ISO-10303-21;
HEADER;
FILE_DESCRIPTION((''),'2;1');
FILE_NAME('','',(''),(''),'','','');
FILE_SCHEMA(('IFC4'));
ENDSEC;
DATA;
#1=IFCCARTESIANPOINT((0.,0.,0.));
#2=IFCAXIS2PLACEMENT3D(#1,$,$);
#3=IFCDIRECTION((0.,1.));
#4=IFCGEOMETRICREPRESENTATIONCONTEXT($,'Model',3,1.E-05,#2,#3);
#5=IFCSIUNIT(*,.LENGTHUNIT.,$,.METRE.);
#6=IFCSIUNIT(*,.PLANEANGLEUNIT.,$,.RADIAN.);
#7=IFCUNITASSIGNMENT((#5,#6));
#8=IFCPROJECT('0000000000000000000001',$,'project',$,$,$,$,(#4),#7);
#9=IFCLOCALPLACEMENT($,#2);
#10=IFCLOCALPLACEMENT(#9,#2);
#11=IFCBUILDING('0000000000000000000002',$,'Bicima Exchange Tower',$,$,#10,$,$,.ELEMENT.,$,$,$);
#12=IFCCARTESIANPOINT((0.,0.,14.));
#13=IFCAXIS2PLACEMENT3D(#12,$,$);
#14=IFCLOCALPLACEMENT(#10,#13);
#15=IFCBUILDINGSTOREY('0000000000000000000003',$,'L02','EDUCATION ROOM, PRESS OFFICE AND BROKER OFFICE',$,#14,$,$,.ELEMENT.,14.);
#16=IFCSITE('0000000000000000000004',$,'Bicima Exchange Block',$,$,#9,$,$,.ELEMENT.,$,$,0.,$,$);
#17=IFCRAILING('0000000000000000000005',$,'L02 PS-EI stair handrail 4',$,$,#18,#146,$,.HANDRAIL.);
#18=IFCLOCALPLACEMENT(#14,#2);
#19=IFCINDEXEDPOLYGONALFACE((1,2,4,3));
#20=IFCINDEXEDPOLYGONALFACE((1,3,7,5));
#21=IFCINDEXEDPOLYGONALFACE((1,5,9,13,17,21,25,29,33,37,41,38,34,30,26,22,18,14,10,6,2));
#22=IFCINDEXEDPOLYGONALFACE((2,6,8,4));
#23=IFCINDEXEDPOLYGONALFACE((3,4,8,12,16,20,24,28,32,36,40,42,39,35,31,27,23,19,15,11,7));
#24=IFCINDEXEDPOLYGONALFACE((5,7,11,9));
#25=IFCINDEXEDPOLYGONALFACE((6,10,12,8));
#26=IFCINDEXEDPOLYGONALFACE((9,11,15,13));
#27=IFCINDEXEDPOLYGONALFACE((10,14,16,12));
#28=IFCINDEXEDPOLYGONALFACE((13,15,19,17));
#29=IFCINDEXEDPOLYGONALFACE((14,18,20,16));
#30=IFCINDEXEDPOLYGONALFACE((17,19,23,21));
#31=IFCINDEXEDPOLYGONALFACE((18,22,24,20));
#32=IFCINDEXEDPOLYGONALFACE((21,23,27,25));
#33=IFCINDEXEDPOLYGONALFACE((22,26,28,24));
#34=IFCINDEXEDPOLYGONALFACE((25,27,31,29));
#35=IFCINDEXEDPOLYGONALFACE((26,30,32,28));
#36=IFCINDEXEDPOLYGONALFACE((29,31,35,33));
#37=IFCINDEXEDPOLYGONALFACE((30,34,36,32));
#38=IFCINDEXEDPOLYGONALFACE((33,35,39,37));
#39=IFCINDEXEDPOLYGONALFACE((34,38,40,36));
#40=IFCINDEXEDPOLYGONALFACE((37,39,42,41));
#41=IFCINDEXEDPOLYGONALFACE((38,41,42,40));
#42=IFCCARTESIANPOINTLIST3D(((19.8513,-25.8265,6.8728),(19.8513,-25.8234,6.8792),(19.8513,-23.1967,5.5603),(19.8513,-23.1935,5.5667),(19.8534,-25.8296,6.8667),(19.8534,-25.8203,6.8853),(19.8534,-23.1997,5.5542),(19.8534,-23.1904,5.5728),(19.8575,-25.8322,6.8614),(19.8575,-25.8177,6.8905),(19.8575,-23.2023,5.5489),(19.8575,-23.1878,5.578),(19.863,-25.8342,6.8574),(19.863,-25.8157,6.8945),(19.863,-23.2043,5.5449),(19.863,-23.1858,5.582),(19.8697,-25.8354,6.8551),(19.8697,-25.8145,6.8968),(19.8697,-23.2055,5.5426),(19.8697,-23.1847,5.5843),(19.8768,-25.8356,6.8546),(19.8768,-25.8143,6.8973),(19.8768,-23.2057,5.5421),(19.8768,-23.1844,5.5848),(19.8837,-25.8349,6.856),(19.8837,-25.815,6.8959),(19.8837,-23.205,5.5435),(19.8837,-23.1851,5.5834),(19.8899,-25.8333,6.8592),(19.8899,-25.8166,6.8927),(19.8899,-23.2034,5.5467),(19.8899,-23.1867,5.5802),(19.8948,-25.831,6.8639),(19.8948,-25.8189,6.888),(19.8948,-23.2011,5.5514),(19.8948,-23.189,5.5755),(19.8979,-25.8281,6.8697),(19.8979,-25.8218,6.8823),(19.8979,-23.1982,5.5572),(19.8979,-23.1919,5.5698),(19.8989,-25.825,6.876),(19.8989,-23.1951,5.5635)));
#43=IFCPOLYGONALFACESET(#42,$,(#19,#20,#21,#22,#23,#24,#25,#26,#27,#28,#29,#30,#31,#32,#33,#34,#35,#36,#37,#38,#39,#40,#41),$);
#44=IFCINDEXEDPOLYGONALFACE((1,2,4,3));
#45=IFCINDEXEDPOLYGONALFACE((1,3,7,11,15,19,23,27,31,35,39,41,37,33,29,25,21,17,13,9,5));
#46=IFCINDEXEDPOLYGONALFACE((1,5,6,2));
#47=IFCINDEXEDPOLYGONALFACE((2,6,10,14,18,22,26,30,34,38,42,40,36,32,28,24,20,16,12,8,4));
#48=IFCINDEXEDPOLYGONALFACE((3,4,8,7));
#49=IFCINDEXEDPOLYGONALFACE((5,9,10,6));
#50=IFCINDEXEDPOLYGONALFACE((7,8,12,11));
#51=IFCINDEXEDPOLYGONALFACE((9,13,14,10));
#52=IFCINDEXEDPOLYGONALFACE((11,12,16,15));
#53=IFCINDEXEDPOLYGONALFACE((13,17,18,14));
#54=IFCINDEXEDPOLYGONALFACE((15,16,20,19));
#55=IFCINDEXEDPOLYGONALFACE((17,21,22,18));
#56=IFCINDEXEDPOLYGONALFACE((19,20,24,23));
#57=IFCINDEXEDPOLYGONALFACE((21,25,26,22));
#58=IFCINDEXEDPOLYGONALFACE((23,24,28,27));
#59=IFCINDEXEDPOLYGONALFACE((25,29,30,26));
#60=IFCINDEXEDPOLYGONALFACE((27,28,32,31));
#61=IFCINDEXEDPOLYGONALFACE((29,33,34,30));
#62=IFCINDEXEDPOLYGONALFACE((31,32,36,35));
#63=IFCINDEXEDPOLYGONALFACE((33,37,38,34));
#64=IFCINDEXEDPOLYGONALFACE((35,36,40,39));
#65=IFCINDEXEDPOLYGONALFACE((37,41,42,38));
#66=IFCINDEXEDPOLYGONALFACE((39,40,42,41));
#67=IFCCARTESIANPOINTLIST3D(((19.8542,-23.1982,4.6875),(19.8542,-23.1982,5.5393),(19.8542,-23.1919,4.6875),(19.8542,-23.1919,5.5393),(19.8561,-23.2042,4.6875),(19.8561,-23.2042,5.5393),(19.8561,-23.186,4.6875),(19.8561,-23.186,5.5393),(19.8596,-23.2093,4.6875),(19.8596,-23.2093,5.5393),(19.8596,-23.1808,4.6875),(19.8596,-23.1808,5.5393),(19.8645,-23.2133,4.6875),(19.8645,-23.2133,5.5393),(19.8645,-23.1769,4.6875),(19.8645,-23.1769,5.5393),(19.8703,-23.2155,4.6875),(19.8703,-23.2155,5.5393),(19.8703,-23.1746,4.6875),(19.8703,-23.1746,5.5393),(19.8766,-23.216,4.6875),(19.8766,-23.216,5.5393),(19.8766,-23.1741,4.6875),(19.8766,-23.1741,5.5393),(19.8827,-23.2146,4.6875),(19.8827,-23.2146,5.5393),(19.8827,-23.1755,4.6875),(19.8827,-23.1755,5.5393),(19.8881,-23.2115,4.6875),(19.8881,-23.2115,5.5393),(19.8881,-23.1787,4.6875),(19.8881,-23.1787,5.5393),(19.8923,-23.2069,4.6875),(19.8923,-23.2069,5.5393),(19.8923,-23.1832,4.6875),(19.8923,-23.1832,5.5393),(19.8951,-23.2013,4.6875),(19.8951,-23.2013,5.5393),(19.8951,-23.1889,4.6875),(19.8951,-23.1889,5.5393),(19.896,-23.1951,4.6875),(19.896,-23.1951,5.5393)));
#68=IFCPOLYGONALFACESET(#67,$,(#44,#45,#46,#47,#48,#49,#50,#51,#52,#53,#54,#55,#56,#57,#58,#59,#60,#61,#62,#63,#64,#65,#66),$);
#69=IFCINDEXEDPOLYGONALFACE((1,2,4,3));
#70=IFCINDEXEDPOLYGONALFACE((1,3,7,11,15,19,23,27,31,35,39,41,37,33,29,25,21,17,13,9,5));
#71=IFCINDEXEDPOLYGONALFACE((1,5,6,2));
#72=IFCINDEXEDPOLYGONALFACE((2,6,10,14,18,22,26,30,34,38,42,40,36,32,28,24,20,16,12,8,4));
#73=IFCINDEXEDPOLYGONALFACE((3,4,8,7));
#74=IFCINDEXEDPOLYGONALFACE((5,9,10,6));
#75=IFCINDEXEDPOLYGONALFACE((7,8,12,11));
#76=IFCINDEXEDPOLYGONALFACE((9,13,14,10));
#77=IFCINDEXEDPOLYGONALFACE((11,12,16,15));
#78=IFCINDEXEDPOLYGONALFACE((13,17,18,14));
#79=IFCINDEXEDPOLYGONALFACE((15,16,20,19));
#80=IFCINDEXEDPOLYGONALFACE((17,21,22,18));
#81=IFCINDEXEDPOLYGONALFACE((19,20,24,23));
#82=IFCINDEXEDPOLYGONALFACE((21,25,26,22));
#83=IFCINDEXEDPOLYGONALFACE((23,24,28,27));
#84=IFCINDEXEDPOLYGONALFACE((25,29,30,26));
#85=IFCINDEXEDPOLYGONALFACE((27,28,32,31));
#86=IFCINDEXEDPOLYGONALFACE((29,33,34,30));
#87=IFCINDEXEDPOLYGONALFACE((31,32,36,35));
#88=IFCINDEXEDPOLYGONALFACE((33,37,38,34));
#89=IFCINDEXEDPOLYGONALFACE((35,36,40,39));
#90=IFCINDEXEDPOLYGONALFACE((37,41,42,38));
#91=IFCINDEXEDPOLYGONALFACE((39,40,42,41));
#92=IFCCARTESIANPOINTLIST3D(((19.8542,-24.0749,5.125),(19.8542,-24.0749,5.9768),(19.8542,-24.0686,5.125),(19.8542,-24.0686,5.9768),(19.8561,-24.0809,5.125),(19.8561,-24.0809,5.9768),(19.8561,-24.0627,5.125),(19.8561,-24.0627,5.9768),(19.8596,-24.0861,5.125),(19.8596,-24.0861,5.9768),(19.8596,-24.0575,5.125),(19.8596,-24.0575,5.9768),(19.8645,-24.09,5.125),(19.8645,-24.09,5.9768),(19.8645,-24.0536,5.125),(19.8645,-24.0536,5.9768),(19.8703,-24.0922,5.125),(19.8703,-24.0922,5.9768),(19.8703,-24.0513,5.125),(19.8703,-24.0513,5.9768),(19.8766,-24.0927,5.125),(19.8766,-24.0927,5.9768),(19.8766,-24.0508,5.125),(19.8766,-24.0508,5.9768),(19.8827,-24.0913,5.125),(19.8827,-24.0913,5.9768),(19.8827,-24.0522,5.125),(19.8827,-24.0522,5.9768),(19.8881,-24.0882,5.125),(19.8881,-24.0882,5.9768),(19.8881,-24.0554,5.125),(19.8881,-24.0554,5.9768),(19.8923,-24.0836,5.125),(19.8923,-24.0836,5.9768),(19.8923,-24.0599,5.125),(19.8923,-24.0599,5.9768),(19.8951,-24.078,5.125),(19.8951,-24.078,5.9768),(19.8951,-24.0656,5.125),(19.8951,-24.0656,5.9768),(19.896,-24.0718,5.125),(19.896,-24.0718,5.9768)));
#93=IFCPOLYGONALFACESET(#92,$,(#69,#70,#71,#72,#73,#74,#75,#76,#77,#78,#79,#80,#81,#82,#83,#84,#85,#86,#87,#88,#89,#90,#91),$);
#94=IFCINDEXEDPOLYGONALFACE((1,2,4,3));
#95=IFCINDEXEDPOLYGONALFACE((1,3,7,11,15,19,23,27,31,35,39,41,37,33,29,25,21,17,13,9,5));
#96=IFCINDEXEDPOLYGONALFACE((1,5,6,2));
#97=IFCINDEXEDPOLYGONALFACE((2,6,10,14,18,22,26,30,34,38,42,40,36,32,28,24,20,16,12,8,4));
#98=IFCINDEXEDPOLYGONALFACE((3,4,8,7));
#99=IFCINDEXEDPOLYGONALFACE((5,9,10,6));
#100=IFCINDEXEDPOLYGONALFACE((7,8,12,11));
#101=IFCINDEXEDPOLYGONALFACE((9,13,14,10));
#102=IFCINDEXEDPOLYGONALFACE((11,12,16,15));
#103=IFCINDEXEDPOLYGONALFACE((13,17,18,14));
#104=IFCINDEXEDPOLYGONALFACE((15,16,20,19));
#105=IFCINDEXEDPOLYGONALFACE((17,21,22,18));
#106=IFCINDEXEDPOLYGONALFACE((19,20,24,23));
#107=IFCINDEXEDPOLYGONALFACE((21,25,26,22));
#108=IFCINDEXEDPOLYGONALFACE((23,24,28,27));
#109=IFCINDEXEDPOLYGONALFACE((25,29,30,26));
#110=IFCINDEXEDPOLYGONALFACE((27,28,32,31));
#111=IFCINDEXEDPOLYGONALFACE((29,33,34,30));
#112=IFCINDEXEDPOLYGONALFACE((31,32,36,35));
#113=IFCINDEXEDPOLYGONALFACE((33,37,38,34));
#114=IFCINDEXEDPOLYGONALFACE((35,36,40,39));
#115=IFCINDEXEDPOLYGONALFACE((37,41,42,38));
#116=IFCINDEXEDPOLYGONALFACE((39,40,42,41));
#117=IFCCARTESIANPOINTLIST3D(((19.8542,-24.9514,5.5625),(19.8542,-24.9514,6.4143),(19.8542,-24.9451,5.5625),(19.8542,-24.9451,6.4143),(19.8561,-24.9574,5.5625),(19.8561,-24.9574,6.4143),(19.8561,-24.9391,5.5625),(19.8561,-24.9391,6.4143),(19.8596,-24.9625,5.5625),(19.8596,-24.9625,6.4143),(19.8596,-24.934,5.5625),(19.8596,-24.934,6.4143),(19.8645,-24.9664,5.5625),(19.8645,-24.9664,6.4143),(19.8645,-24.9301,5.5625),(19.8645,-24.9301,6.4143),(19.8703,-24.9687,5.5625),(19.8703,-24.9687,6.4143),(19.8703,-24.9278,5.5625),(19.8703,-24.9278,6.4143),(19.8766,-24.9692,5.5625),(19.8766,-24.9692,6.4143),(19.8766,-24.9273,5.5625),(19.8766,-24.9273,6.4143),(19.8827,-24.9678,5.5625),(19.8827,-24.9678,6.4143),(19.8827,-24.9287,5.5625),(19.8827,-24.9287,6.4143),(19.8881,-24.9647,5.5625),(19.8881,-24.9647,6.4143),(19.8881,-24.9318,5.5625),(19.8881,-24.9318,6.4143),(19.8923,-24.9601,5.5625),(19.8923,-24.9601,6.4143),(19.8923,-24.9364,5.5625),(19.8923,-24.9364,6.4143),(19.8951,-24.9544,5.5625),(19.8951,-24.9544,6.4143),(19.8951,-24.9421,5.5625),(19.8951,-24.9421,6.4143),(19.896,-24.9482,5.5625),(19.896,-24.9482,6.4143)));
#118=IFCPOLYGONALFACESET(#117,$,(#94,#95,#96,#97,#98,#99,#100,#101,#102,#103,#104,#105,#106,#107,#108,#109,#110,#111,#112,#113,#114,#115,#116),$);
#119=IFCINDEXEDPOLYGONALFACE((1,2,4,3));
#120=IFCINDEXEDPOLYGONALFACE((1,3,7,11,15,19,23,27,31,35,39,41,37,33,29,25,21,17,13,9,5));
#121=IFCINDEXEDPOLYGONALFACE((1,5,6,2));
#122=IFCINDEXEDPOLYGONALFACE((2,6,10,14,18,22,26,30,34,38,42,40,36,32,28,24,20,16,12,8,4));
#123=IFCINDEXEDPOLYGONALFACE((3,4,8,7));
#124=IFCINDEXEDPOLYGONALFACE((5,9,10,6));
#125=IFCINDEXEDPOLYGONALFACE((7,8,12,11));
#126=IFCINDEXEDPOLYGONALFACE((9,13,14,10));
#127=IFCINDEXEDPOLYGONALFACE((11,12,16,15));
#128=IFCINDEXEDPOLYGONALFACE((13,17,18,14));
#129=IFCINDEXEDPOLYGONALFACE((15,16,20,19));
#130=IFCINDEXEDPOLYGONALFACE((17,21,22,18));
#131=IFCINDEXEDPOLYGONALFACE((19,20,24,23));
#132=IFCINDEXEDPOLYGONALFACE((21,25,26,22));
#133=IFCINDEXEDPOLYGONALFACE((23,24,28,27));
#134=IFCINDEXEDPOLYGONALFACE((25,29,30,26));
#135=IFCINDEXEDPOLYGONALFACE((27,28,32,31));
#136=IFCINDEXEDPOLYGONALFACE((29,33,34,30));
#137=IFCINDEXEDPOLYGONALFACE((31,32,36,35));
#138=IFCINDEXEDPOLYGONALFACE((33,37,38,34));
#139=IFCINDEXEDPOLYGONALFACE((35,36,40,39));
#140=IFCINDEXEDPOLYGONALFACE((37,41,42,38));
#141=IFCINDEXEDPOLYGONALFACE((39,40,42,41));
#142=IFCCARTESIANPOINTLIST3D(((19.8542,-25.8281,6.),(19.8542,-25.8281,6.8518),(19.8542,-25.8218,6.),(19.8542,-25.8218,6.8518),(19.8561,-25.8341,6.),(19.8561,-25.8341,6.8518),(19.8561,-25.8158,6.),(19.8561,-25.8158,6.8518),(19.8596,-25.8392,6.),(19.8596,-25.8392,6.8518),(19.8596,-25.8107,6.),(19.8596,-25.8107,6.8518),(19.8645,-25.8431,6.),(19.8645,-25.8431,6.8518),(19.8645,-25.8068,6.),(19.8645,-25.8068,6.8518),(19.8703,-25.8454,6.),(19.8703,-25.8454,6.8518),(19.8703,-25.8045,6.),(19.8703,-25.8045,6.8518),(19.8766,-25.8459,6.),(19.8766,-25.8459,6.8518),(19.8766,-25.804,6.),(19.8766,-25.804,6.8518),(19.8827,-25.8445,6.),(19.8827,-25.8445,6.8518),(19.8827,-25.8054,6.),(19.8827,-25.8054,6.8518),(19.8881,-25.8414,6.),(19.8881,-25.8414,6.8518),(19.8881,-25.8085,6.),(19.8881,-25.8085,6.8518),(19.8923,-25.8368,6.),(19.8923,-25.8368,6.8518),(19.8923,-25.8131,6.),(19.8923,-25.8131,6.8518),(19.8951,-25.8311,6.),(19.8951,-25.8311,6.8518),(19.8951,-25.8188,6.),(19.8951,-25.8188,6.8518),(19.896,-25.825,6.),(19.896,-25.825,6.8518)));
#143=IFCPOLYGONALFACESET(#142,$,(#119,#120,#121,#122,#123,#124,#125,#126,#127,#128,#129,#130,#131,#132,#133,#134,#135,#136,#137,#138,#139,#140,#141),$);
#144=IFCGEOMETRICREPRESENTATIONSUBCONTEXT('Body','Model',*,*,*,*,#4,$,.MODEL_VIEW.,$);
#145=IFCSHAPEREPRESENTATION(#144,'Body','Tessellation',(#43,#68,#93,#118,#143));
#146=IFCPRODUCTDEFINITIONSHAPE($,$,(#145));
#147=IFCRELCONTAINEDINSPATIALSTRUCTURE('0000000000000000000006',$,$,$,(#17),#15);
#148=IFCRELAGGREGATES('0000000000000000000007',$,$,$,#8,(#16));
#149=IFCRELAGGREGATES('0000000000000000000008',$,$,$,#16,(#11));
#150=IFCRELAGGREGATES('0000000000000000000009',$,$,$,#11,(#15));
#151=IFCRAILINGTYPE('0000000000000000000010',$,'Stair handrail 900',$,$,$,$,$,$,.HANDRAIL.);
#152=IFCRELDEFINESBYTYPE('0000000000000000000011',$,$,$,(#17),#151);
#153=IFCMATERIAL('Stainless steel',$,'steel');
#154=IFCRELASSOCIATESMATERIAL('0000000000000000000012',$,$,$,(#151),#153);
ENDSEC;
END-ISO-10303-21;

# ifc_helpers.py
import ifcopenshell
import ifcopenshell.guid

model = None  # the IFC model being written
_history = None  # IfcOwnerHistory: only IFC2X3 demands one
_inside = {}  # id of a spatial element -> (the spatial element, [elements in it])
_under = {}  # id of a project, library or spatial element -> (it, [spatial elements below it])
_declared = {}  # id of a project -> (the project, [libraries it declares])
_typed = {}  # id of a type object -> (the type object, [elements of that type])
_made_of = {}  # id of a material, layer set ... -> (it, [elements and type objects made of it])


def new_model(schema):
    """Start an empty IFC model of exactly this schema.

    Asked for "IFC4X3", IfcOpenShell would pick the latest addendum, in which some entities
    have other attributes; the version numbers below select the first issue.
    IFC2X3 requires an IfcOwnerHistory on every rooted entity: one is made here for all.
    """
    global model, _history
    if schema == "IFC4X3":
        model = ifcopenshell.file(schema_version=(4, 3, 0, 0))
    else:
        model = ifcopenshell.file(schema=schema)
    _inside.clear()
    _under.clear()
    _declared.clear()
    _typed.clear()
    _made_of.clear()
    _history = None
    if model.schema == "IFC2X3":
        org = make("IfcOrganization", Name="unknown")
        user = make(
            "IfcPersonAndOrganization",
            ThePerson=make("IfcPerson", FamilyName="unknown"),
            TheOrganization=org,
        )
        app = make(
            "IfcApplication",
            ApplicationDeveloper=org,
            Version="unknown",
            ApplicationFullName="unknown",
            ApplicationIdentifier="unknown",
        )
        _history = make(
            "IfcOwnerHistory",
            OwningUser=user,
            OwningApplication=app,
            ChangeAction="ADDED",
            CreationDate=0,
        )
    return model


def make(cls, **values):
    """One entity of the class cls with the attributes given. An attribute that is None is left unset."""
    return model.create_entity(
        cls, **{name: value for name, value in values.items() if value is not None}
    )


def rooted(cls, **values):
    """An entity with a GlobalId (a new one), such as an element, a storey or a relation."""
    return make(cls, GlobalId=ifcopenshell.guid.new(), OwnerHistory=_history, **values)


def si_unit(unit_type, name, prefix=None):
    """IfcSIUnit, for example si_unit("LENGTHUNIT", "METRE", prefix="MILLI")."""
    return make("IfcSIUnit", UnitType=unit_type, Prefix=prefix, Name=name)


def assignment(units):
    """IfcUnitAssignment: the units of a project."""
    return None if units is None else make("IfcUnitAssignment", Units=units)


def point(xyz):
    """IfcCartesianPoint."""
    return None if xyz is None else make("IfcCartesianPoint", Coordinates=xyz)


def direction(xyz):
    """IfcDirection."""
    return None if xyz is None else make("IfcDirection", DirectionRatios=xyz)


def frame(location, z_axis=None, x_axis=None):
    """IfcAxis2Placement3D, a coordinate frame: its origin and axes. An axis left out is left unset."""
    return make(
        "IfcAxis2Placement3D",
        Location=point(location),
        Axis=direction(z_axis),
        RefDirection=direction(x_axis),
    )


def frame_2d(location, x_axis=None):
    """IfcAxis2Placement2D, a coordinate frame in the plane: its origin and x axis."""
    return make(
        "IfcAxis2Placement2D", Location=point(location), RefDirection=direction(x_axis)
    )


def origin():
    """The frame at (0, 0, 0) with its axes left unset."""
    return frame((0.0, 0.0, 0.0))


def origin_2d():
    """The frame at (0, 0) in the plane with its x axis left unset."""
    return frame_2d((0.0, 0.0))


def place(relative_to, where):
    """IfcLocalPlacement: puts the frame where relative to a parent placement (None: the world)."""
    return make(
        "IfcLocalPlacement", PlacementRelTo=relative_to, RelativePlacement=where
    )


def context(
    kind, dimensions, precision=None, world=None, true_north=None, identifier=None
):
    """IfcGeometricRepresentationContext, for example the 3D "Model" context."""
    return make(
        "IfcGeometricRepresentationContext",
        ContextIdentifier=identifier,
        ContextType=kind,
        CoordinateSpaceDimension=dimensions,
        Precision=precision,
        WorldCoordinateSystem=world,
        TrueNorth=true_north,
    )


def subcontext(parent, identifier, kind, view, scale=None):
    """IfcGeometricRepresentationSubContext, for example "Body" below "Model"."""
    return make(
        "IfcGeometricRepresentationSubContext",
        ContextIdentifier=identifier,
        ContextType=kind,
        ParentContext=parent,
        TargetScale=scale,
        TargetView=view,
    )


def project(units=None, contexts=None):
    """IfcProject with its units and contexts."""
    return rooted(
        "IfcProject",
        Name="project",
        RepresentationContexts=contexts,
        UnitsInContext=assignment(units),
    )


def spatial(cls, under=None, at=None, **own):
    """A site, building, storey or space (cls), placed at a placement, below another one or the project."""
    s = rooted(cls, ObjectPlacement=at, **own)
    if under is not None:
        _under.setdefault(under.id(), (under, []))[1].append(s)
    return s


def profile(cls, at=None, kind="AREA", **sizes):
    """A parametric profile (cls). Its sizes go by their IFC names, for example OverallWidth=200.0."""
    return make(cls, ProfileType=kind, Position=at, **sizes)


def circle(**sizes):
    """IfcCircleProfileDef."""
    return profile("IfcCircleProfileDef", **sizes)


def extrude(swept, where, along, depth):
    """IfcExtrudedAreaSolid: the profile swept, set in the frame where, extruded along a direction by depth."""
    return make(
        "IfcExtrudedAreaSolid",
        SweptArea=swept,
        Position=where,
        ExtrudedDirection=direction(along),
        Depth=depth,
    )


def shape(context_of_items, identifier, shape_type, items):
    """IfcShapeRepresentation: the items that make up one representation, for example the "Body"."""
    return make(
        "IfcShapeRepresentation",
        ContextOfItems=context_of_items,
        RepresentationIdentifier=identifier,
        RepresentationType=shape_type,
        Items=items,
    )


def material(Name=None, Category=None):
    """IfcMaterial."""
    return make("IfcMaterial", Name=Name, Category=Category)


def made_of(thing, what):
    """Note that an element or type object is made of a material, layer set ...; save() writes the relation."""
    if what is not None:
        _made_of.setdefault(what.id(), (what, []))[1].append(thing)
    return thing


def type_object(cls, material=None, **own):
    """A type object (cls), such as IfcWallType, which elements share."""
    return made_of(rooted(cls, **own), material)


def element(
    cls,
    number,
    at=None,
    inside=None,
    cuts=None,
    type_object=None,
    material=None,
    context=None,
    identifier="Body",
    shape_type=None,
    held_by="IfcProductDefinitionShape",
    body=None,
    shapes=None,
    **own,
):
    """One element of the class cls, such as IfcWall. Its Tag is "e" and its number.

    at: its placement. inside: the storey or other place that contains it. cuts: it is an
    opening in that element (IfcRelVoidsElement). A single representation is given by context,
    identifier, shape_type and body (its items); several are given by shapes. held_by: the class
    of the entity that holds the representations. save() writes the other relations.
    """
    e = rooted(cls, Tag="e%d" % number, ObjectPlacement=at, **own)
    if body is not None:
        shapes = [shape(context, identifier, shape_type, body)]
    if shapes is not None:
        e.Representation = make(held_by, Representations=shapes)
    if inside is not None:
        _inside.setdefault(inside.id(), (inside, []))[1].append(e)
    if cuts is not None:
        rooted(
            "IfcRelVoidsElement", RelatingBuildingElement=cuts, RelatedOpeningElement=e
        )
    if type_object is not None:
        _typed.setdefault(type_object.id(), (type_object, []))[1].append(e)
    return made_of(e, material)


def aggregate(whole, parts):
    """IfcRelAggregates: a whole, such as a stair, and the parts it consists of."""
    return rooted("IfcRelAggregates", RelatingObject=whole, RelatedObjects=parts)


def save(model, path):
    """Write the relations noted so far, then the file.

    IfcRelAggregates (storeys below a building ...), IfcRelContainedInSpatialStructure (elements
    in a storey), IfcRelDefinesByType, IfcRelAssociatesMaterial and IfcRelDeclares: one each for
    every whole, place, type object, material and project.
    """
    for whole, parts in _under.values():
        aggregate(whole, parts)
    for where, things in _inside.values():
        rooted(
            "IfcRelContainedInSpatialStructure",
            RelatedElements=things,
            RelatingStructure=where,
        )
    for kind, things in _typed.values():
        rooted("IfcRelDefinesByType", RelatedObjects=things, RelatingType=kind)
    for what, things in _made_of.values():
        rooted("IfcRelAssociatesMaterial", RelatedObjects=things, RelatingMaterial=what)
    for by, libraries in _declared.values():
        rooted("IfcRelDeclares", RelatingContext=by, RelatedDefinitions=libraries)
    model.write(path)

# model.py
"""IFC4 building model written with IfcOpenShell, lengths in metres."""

from ifc_helpers import new_model, si_unit, direction, frame, origin, origin_2d, place, context, subcontext, project, spatial, circle, extrude, material, type_object, element, save


model = new_model("IFC4")

# Units and contexts
model_context = context("Model", 3, precision=1e-05, world=origin(), true_north=direction((0.0, 1.0)))
body_context = subcontext(model_context, "Body", "Model", "MODEL_VIEW")
ifc_project = project(units=[si_unit("LENGTHUNIT", "METRE"), si_unit("PLANEANGLEUNIT", "RADIAN")], contexts=[model_context])

# Site, building, storey
site_placement = place(None, origin())
site = spatial("IfcSite", under=ifc_project, at=site_placement, Name="Bicima Exchange Block", CompositionType="ELEMENT", RefElevation=0.0)
building_placement = place(site_placement, origin())
building = spatial("IfcBuilding", under=site, at=building_placement, Name="Bicima Exchange Tower", CompositionType="ELEMENT")
storey_placement = place(building_placement, frame((0.0, 0.0, 14.0)))
storey = spatial("IfcBuildingStorey", under=building, at=storey_placement, Name="L02", Description="EDUCATION ROOM, PRESS OFFICE AND BROKER OFFICE", CompositionType="ELEMENT", Elevation=14.0)

# Railing
ifc_material_1 = material(Name="Stainless steel", Category="steel")
railing_type_1 = type_object("IfcRailingType", Name="Stair handrail 900", PredefinedType="HANDRAIL", material=ifc_material_1)
railing_1_placement = place(storey_placement, frame((19.875, -23.1951, 4.6875)))
element("IfcRailing", 1, at=railing_1_placement, inside=storey, type_object=railing_type_1, Name="L02 PS-EI stair handrail 4", PredefinedType="HANDRAIL", context=body_context, shape_type="SweptSolid", body=[
    extrude(circle(Radius=0.0239, at=origin_2d()), frame((0.0, 0.0, 0.876), z_axis=(0.0, -0.894759, 0.446549), x_axis=(1.0, 0.0, 0.0)), (0.0, 0.0, 1.0), 2.9392),
    extrude(circle(Radius=0.021, at=origin_2d()), origin(), (0.0, 0.0, 1.0), 0.8518),
    extrude(circle(Radius=0.021, at=origin_2d()), frame((0.0, -0.8767, 0.4375)), (0.0, 0.0, 1.0), 0.8518),
    extrude(circle(Radius=0.021, at=origin_2d()), frame((0.0, -1.7532, 0.875)), (0.0, 0.0, 1.0), 0.8518),
    extrude(circle(Radius=0.021, at=origin_2d()), frame((0.0, -2.6299, 1.3125)), (0.0, 0.0, 1.0), 0.8518),
])

save(model, "model.ifc")
